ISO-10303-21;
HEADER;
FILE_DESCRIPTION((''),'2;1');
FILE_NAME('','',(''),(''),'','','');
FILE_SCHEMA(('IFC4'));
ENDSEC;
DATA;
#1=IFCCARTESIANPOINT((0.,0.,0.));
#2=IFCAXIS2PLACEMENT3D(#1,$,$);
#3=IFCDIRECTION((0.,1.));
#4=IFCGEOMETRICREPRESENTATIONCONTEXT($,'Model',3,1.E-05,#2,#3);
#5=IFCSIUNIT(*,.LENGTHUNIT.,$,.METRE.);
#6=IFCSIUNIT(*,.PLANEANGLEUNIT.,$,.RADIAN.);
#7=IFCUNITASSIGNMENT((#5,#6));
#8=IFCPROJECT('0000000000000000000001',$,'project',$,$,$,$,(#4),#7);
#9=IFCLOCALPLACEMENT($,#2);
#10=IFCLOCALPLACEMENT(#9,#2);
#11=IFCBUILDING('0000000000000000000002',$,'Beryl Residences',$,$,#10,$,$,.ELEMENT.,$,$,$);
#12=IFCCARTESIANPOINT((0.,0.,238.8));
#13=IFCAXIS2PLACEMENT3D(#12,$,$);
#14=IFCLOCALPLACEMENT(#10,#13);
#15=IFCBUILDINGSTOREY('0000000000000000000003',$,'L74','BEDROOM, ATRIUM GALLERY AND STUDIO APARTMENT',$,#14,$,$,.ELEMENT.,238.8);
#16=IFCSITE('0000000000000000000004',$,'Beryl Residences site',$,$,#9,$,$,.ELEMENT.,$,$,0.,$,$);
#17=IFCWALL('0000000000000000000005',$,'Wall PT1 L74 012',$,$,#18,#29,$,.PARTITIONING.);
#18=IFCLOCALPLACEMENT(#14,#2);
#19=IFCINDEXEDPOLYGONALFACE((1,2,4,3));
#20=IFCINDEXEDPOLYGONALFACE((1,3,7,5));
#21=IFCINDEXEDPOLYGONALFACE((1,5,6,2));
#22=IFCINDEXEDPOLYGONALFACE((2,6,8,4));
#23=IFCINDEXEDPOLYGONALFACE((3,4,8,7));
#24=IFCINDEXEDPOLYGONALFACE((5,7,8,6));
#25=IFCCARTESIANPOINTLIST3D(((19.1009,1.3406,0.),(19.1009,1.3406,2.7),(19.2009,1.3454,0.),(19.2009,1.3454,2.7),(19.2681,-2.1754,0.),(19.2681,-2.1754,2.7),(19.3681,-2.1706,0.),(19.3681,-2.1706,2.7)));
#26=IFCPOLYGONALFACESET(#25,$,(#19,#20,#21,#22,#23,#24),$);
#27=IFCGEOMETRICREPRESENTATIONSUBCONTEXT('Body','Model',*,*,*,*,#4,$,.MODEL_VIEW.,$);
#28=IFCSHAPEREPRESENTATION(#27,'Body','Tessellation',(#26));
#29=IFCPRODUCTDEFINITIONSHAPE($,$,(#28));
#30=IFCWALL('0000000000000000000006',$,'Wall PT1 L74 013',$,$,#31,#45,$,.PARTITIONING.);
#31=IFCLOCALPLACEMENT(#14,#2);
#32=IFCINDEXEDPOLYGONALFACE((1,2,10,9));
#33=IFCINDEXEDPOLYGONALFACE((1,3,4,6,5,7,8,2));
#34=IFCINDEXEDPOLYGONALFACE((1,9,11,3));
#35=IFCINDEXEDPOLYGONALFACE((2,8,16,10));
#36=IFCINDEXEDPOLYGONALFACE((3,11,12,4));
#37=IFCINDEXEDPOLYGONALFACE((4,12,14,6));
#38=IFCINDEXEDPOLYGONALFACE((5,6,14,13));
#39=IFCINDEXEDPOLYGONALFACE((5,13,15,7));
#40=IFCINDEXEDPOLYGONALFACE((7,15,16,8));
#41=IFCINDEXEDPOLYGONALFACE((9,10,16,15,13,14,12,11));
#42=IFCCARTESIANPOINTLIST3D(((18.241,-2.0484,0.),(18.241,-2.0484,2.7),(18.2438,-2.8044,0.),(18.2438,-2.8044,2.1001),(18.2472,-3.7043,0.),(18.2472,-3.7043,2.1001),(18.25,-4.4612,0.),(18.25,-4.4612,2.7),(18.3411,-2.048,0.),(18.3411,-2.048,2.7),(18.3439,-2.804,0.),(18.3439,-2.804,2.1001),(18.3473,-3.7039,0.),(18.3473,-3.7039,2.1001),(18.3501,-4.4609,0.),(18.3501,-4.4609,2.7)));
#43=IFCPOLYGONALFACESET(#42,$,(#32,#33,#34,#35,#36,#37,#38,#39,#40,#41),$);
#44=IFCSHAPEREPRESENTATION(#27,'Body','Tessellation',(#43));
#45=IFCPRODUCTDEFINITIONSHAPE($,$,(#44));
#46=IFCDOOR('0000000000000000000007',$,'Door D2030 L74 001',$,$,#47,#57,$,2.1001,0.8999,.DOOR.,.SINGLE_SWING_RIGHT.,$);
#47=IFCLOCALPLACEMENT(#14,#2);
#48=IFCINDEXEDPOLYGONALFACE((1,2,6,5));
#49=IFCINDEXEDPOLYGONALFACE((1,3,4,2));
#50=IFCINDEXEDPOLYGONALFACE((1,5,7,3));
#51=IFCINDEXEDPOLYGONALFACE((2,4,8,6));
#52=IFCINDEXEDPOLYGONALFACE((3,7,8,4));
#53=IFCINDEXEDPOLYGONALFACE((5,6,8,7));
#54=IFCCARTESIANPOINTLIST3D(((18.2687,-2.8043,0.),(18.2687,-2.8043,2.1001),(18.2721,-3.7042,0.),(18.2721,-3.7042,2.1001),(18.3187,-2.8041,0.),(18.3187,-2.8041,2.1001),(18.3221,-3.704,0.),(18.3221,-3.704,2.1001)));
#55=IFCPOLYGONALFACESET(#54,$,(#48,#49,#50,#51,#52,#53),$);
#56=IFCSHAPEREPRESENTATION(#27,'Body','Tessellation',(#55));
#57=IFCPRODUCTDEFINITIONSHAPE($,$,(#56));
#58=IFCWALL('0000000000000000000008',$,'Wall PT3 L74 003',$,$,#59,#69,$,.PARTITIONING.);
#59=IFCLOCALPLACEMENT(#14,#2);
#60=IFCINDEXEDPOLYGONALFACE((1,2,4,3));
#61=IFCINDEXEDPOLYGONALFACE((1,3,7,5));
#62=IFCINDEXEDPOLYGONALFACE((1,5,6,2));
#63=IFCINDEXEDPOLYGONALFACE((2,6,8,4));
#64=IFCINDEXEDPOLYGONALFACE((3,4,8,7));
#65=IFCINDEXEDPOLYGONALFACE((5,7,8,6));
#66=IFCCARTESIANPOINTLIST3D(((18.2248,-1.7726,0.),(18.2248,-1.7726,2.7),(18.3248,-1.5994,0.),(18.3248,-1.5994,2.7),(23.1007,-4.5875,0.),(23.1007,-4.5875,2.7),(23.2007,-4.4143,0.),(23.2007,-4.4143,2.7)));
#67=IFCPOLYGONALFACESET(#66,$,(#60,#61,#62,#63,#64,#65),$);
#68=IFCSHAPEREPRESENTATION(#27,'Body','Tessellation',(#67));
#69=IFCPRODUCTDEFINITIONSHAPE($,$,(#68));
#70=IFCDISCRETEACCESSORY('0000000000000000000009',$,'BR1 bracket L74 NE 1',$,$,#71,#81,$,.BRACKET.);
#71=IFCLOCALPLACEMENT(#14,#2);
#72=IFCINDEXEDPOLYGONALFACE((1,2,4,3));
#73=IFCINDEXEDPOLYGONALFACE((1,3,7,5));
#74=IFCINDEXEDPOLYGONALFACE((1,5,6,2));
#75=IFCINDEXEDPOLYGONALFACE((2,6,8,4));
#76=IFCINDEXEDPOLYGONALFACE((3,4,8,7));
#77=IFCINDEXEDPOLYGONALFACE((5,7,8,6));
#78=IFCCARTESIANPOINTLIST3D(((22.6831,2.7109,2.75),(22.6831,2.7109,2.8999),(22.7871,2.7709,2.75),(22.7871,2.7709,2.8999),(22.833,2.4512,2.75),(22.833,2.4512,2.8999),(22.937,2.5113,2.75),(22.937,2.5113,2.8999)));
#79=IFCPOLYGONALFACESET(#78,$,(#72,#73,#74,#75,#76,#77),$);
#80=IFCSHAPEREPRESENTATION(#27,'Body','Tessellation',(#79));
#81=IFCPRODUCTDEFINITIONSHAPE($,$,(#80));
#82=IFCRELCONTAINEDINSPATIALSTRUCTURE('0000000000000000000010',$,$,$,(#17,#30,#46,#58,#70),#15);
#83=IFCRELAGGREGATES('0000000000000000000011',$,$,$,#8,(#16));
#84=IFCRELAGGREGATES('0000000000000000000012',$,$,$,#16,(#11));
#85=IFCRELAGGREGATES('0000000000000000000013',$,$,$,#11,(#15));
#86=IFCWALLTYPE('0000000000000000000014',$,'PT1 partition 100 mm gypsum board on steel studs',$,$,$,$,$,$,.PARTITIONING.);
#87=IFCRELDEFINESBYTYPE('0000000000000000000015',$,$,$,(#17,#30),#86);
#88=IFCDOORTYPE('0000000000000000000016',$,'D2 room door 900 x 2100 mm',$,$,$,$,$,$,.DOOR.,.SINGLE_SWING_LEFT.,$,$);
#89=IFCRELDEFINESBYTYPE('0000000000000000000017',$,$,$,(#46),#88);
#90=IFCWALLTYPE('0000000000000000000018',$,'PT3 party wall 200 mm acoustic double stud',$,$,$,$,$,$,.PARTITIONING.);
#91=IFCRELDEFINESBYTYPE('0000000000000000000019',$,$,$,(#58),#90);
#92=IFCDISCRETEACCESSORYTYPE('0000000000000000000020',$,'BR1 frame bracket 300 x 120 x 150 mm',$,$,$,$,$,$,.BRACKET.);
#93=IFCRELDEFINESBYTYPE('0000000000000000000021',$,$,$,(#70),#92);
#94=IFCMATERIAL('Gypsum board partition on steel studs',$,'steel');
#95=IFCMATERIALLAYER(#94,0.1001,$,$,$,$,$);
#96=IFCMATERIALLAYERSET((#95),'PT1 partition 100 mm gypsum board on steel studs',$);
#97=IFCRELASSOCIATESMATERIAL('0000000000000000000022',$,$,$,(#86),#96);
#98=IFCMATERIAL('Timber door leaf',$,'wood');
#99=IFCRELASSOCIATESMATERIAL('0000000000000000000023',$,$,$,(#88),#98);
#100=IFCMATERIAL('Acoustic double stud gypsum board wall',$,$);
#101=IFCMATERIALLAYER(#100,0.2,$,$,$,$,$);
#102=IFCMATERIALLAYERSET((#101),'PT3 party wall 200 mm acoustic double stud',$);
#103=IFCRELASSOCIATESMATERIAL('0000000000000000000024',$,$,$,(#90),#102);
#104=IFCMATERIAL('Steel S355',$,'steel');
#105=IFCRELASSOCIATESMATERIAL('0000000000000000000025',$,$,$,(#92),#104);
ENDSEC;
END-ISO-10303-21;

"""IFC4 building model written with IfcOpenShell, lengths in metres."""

from ifc_helpers import new_model, si_unit, direction, frame, frame_2d, origin, place, context, subcontext, project, spatial, polyline, rectangle, outline, extrude, source, transform, mapped, material, layer, layer_set, type_object, type_shapes, element, fill, save


model = new_model("IFC4")

# Units and contexts
model_context = context("Model", 3, precision=1e-05, world=origin(), true_north=direction((0.0, 1.0)))
body_context = subcontext(model_context, "Body", "Model", "MODEL_VIEW")
ifc_project = project(units=[si_unit("LENGTHUNIT", "METRE"), si_unit("PLANEANGLEUNIT", "RADIAN")], contexts=[model_context])

# Site, building, storey
site_placement = place(None, origin())
site = spatial("IfcSite", under=ifc_project, at=site_placement, Name="Beryl Residences site", CompositionType="ELEMENT", RefElevation=0.0)
building_placement = place(site_placement, origin())
building = spatial("IfcBuilding", under=site, at=building_placement, Name="Beryl Residences", CompositionType="ELEMENT")
storey_placement = place(building_placement, frame((0.0, 0.0, 238.8)))
storey = spatial("IfcBuildingStorey", under=building, at=storey_placement, Name="L74", Description="BEDROOM, ATRIUM GALLERY AND STUDIO APARTMENT", CompositionType="ELEMENT", Elevation=238.8)

# Wall
ifc_material_1 = material(Name="Gypsum board partition on steel studs", Category="steel")
ifc_layer_1 = layer(ifc_material_1, 0.1001)
ifc_layer_set_1 = layer_set([ifc_layer_1], Name="PT1 partition 100 mm gypsum board on steel studs")
wall_type_1 = type_object("IfcWallType", Name="PT1 partition 100 mm gypsum board on steel studs", PredefinedType="PARTITIONING", material=ifc_layer_set_1)
wall_1_placement = place(storey_placement, frame((19.1509, 1.343, 0.0), z_axis=(0.0, 0.0, 1.0), x_axis=(0.047509, -0.998871, 0.0)))
element("IfcWall", 1, at=wall_1_placement, inside=storey, type_object=wall_type_1, Name="Wall PT1 L74 012", PredefinedType="PARTITIONING", context=body_context, shape_type="SweptSolid", body=[
    extrude(rectangle(XDim=3.52, YDim=0.1001, at=frame_2d((1.76, 0.0))), origin(), (0.0, 0.0, 1.0), 2.7),
])

# Wall, opening, door
wall_2_placement = place(storey_placement, frame((18.291, -2.0481, 0.0), z_axis=(0.0, 0.0, 1.0), x_axis=(0.003744, -0.999993, 0.0)))
wall_2 = element("IfcWall", 2, at=wall_2_placement, inside=storey, type_object=wall_type_1, Name="Wall PT1 L74 013", PredefinedType="PARTITIONING", context=body_context, shape_type="SweptSolid", body=[
    extrude(rectangle(XDim=2.4128, YDim=0.1001, at=frame_2d((1.2065, 0.0))), origin(), (0.0, 0.0, 1.0), 2.7),
])
opening_1_placement = place(wall_2_placement, frame((0.7561, 0.0, 0.0)))
opening_1 = element("IfcOpeningElement", 3, at=opening_1_placement, cuts=wall_2, PredefinedType="OPENING", context=body_context, shape_type="SweptSolid", body=[
    extrude(rectangle(XDim=0.8999, YDim=2.1001, at=frame_2d((0.45, 1.05))), frame((0.0, 0.0601, 0.0), z_axis=(0.0, -1.0, 0.0), x_axis=(1.0, 0.0, 0.0)), (0.0, 0.0, 1.0), 0.1201),
])
ifc_material_2 = material(Name="Timber door leaf", Category="wood")
door_type = type_object("IfcDoorType", Name="D2 room door 900 x 2100 mm", OperationType="SINGLE_SWING_LEFT", PredefinedType="DOOR", material=ifc_material_2)
door_placement = place(opening_1_placement, origin())
door = element("IfcDoor", 4, at=door_placement, inside=storey, type_object=door_type, Name="Door D2030 L74 001", OperationType="SINGLE_SWING_RIGHT", OverallHeight=2.1001, OverallWidth=0.8999, PredefinedType="DOOR", context=body_context, shape_type="SweptSolid", body=[
    extrude(rectangle(XDim=0.8999, YDim=2.1001, at=frame_2d((0.45, 1.05))), frame((0.0, 0.0249, 0.0), z_axis=(0.0, -1.0, 0.0), x_axis=(1.0, 0.0, 0.0)), (0.0, 0.0, 1.0), 0.05),
])
fill(opening_1, door)

# Wall
ifc_material_3 = material(Name="Acoustic double stud gypsum board wall")
ifc_layer_2 = layer(ifc_material_3, 0.2)
ifc_layer_set_2 = layer_set([ifc_layer_2], Name="PT3 party wall 200 mm acoustic double stud")
wall_type_2 = type_object("IfcWallType", Name="PT3 party wall 200 mm acoustic double stud", PredefinedType="PARTITIONING", material=ifc_layer_set_2)
wall_3_placement = place(storey_placement, frame((18.2749, -1.686, 0.0), z_axis=(0.0, 0.0, 1.0), x_axis=(0.866041, -0.499973, 0.0)))
element("IfcWall", 5, at=wall_3_placement, inside=storey, type_object=wall_type_2, Name="Wall PT3 L74 003", PredefinedType="PARTITIONING", context=body_context, shape_type="SweptSolid", body=[
    extrude(rectangle(XDim=5.6301, YDim=0.2, at=frame_2d((2.8149, 0.0))), origin(), (0.0, 0.0, 1.0), 2.7),
])

# Discrete accessory
ifc_material_4 = material(Name="Steel S355", Category="steel")
discrete_accessory_type = type_object("IfcDiscreteAccessoryType", Name="BR1 frame bracket 300 x 120 x 150 mm", PredefinedType="BRACKET", material=ifc_material_4)
shared_shape_1 = source(origin(), body_context, "Body", "SweptSolid", [
    extrude(outline(polyline([(-0.1499, 0.0), (0.1499, 0.0), (0.1499, 0.1201), (-0.1499, 0.1201), (-0.1499, 0.0)])), origin(), (0.0, 0.0, 1.0), 0.1499),
])
type_shapes(discrete_accessory_type, [shared_shape_1])
discrete_accessory_placement = place(storey_placement, frame((22.7581, 2.5811, 2.75), z_axis=(0.0, 0.0, 1.0), x_axis=(0.5, -0.866025, 0.0)))
element("IfcDiscreteAccessory", 6, at=discrete_accessory_placement, inside=storey, type_object=discrete_accessory_type, Name="BR1 bracket L74 NE 1", PredefinedType="BRACKET", context=body_context, shape_type="MappedRepresentation", body=[
    mapped(shared_shape_1, transform((0.0, 0.0, 0.0))),
])

save(model, "model.ifc")
